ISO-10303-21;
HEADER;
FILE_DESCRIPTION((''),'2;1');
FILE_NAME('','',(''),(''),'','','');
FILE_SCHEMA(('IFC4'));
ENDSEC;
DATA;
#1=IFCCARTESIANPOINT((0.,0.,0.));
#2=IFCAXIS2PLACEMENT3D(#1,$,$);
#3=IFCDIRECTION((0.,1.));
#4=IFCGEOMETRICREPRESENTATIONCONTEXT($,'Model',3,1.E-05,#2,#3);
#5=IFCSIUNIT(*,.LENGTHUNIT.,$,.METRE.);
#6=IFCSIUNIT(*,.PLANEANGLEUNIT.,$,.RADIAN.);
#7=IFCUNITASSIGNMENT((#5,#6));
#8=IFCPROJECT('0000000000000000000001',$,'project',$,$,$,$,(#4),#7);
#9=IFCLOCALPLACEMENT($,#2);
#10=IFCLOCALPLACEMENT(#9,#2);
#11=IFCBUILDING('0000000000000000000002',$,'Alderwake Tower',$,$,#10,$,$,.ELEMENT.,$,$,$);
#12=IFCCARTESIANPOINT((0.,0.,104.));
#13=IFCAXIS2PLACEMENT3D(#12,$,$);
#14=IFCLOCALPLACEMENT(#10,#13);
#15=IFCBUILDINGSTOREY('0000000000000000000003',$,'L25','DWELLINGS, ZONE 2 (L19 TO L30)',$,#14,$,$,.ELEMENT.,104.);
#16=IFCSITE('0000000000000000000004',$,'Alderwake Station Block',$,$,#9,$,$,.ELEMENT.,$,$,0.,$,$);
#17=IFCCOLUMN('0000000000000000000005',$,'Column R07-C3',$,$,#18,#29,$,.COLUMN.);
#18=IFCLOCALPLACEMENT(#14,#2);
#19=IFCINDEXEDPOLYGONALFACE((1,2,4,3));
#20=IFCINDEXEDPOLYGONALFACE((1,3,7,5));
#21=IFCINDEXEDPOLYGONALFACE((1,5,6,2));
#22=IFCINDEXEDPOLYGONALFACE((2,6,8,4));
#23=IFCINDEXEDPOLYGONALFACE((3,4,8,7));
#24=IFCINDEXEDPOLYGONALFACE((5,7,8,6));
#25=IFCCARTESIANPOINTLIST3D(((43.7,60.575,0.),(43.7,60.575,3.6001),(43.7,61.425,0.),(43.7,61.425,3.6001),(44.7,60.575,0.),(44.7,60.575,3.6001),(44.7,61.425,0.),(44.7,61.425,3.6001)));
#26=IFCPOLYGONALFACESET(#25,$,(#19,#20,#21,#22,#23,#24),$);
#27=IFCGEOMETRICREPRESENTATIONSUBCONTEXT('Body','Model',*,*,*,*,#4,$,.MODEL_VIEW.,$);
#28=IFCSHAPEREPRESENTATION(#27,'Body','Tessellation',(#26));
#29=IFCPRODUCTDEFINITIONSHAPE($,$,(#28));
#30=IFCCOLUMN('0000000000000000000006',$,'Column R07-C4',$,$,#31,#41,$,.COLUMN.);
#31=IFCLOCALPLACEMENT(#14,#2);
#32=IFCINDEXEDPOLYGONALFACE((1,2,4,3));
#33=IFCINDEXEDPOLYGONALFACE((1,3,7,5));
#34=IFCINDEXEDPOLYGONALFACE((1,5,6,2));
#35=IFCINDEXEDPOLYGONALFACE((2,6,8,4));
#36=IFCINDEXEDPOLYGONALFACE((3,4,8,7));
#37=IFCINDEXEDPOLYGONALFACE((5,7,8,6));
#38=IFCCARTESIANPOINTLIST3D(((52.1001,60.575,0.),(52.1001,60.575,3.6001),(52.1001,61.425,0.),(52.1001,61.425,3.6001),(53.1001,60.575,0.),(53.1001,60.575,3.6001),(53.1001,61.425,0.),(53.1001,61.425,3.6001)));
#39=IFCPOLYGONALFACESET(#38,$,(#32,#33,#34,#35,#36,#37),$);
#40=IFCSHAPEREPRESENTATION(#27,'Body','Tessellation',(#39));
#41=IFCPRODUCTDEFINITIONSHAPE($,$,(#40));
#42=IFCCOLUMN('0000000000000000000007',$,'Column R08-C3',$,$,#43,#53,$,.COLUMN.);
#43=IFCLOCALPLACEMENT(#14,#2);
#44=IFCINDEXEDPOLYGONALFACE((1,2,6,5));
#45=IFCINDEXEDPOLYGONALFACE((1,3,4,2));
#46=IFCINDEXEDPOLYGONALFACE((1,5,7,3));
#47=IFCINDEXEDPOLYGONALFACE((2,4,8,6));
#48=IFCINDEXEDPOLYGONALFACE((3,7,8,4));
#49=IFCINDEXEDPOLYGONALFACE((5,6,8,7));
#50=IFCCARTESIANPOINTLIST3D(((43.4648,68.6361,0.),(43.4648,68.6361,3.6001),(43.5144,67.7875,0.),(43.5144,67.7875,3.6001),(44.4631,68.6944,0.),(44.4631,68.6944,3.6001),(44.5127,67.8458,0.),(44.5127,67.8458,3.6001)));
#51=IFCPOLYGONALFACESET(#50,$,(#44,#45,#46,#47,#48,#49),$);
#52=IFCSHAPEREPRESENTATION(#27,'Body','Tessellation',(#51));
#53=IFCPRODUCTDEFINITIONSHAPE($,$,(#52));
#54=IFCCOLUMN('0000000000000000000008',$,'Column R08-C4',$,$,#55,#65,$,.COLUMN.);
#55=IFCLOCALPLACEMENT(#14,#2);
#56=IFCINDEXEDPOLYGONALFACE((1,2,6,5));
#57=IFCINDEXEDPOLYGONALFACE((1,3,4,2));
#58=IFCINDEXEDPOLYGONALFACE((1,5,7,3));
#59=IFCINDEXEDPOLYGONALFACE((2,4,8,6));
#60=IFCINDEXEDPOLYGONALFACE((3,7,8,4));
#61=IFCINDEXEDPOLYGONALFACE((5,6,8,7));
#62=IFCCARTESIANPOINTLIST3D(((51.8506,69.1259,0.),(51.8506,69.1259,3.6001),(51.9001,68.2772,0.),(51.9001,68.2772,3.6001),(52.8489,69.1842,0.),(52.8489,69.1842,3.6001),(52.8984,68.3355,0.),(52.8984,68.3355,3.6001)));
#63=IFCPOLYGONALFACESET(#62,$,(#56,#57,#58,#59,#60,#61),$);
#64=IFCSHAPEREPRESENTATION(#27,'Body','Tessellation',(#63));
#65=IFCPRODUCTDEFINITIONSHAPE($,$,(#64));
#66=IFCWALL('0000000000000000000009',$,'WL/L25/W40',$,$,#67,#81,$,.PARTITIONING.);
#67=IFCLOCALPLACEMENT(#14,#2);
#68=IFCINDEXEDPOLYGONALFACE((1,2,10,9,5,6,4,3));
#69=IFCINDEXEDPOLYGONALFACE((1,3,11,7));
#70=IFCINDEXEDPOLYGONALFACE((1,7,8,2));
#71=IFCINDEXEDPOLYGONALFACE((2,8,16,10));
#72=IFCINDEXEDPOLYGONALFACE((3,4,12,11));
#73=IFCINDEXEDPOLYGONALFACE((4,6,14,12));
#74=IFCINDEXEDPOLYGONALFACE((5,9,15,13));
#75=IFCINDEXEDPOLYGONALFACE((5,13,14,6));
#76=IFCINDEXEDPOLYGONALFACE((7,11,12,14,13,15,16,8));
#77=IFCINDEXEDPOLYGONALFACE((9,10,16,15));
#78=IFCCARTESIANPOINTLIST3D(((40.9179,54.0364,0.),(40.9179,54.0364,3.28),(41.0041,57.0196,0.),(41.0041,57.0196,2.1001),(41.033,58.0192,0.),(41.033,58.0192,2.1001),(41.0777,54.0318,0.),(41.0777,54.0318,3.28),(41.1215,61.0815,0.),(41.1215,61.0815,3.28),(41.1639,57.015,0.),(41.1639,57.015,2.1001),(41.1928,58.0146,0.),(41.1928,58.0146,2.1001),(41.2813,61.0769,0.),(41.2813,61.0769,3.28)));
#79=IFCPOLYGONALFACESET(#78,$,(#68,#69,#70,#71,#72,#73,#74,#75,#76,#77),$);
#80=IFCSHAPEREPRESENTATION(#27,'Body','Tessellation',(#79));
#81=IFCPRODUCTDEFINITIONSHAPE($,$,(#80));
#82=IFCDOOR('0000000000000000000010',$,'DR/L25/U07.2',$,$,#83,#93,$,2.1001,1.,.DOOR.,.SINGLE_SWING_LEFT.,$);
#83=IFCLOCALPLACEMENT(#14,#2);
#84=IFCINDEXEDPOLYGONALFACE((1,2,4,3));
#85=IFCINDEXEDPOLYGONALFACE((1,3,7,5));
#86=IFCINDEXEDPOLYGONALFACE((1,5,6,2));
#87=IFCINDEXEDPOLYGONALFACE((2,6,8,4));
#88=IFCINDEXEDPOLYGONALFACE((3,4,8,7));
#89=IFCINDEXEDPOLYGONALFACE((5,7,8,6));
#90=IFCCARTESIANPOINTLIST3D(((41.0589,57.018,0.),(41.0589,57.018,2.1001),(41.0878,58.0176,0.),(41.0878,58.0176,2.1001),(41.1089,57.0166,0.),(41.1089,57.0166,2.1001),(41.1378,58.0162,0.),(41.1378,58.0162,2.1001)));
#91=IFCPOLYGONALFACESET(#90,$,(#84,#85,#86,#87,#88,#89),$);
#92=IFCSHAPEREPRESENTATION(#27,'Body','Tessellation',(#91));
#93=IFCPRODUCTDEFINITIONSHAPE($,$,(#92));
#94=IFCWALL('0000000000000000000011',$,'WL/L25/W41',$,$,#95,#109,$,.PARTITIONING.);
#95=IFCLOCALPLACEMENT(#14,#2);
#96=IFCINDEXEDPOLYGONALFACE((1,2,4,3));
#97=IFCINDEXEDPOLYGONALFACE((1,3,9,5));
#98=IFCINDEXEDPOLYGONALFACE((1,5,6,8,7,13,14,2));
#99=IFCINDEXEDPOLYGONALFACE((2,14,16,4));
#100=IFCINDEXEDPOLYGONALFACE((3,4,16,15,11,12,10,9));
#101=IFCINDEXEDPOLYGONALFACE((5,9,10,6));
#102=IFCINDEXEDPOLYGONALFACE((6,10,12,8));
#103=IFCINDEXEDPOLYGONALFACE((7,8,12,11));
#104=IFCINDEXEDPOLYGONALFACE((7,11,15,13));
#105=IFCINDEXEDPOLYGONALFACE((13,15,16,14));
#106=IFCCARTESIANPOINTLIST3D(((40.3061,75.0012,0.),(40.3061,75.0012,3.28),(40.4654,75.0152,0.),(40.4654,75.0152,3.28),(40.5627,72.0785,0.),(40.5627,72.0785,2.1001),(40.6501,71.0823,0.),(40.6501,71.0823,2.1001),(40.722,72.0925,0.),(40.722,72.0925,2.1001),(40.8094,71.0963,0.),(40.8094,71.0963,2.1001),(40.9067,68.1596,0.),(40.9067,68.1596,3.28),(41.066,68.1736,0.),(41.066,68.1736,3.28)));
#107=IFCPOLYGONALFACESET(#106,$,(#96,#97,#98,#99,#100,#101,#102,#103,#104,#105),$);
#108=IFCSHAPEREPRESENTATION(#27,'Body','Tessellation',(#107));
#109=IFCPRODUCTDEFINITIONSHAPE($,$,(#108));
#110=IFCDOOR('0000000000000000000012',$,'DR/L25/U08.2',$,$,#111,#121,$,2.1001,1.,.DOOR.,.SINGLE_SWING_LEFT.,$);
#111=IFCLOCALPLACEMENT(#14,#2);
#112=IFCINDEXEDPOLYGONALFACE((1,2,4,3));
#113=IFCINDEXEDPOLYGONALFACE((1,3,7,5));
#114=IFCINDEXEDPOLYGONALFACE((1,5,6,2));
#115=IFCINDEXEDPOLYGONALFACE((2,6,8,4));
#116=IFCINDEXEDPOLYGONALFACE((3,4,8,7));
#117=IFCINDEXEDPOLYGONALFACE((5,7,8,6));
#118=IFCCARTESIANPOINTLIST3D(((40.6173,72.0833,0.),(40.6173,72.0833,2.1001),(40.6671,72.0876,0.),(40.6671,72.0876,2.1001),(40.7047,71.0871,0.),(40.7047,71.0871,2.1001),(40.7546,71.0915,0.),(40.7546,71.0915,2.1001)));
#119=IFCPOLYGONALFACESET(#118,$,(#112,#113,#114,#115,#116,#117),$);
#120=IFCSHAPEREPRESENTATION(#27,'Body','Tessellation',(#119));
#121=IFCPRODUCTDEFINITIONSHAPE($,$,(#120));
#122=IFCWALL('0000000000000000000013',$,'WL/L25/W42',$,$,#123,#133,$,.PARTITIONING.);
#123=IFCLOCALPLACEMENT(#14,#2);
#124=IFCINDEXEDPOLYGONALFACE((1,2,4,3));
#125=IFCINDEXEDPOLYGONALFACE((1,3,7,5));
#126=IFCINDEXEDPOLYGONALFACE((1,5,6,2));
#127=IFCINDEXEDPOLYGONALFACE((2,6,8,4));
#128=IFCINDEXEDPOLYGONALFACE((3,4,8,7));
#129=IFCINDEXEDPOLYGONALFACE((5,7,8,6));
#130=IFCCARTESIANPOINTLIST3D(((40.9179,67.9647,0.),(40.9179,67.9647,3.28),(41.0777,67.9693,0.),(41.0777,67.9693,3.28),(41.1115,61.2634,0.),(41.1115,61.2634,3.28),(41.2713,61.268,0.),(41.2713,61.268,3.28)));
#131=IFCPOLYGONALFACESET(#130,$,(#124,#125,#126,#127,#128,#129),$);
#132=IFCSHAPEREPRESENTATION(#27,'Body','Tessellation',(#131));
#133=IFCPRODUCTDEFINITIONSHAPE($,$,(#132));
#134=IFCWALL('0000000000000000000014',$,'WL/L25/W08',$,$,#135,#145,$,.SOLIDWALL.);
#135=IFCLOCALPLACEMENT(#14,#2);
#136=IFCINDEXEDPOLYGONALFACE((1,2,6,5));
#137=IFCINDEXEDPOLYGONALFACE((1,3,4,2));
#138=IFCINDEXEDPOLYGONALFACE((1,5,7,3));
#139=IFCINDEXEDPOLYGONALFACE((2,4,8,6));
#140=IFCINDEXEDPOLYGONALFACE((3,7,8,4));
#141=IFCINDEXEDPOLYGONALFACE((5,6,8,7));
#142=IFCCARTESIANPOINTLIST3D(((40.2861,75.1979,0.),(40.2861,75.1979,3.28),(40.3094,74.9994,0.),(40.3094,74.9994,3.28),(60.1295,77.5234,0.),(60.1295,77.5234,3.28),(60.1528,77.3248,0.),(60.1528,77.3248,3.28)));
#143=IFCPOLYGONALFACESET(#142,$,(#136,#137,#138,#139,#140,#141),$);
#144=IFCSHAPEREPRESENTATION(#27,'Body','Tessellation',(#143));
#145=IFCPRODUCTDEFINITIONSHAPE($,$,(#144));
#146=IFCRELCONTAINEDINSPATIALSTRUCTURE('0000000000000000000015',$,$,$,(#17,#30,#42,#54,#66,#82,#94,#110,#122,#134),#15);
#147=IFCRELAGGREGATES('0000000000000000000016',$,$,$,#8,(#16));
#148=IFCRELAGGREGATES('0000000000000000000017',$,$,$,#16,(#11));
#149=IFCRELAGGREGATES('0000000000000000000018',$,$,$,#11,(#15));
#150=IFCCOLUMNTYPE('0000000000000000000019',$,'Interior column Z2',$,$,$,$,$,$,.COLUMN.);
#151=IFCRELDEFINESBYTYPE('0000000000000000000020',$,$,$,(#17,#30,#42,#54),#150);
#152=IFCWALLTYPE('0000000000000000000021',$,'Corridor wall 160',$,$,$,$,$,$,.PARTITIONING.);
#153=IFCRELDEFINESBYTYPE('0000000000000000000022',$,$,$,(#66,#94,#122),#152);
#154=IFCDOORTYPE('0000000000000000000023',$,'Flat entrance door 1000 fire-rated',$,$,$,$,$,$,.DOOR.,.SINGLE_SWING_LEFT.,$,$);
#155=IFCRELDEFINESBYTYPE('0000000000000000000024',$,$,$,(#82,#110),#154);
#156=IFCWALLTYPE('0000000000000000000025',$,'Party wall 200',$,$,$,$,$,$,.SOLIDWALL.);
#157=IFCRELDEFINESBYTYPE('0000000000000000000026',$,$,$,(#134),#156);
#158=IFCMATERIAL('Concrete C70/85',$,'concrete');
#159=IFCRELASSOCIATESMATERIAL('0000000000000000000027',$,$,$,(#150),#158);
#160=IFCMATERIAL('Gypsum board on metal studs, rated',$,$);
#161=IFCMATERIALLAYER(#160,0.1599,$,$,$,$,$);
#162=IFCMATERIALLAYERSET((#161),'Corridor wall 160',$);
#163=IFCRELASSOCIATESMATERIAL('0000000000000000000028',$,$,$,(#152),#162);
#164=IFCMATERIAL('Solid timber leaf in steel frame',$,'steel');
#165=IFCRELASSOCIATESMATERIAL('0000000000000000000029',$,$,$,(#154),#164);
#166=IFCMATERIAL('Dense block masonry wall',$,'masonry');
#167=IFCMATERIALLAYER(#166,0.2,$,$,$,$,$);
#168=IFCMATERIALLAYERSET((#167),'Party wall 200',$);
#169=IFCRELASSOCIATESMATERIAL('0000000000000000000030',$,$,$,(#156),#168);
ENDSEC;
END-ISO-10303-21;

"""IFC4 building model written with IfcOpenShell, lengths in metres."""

from ifc_helpers import new_model, si_unit, direction, frame, frame_2d, origin, origin_2d, place, context, subcontext, project, spatial, rectangle, extrude, material, layer, layer_set, material_profile, profile_set, type_object, element, fill, save


model = new_model("IFC4")

# Units and contexts
model_context = context("Model", 3, precision=1e-05, world=origin(), true_north=direction((0.0, 1.0)))
body_context = subcontext(model_context, "Body", "Model", "MODEL_VIEW")
ifc_project = project(units=[si_unit("LENGTHUNIT", "METRE"), si_unit("PLANEANGLEUNIT", "RADIAN")], contexts=[model_context])

# Site, building, storey
site_placement = place(None, origin())
site = spatial("IfcSite", under=ifc_project, at=site_placement, Name="Alderwake Station Block", CompositionType="ELEMENT", RefElevation=0.0)
building_placement = place(site_placement, origin())
building = spatial("IfcBuilding", under=site, at=building_placement, Name="Alderwake Tower", CompositionType="ELEMENT")
storey_placement = place(building_placement, frame((0.0, 0.0, 104.0)))
storey = spatial("IfcBuildingStorey", under=building, at=storey_placement, Name="L25", Description="DWELLINGS, ZONE 2 (L19 TO L30)", CompositionType="ELEMENT", Elevation=104.0)

# Columns
ifc_material_1 = material(Name="Concrete C70/85", Category="concrete")
ifc_material_profile = material_profile(ifc_material_1, rectangle(XDim=0.8501, YDim=1.0, at=origin_2d()), Name="RC 1000X850")
ifc_profile_set = profile_set([ifc_material_profile], Name="Concrete C70/85")
column_type = type_object("IfcColumnType", Name="Interior column Z2", PredefinedType="COLUMN", material=ifc_profile_set)
for number, where, z_axis, x_axis, name in (
    (1, (44.2, 61.0, 0.0), (0.0, 0.0, 1.0), (0.0, 1.0, 0.0), "Column R07-C3"),
    (2, (52.6001, 61.0, 0.0), (0.0, 0.0, 1.0), (0.0, 1.0, 0.0), "Column R07-C4"),
    (3, (43.9888, 68.241, 0.0), (0.0, 0.0, 1.0), (-0.058301, 0.998299, 0.0), "Column R08-C3"),
    (4, (52.3745, 68.7307, 0.0), (0.0, 0.0, 1.0), (-0.058299, 0.998299, 0.0), "Column R08-C4"),
):
    element("IfcColumn", number, at=place(storey_placement, frame(where, z_axis=z_axis, x_axis=x_axis)), inside=storey, type_object=column_type, Name=name, PredefinedType="COLUMN", context=body_context, shape_type="SweptSolid", body=[
        extrude(rectangle(XDim=0.8501, YDim=1.0, at=origin_2d()), origin(), (0.0, 0.0, 1.0), 3.6001),
    ])

# Walls, openings, doors
ifc_material_2 = material(Name="Gypsum board on metal studs, rated")
ifc_layer_1 = layer(ifc_material_2, 0.1599)
ifc_layer_set_1 = layer_set([ifc_layer_1], Name="Corridor wall 160")
wall_type_1 = type_object("IfcWallType", Name="Corridor wall 160", PredefinedType="PARTITIONING", material=ifc_layer_set_1)
wall_1_placement = place(storey_placement, frame((41.2014, 61.0791, 0.0), z_axis=(0.0, 0.0, 1.0), x_axis=(-0.028889, -0.999583, 0.0)))
wall_1 = element("IfcWall", 5, at=wall_1_placement, inside=storey, type_object=wall_type_1, Name="WL/L25/W40", PredefinedType="PARTITIONING", context=body_context, shape_type="SweptSolid", body=[
    extrude(rectangle(XDim=7.0481, YDim=0.1599, at=frame_2d((3.5239, 0.0))), origin(), (0.0, 0.0, 1.0), 3.28),
])
opening_1_placement = place(wall_1_placement, frame((3.0635, 0.0, 0.0)))
opening_1 = element("IfcOpeningElement", 6, at=opening_1_placement, cuts=wall_1, PredefinedType="OPENING", context=body_context, shape_type="SweptSolid", body=[
    extrude(rectangle(XDim=1.0, YDim=2.1001, at=frame_2d((0.5, 1.05))), frame((0.0, 0.0898, 0.0), z_axis=(0.0, -1.0, 0.0), x_axis=(1.0, 0.0, 0.0)), (0.0, 0.0, 1.0), 0.1799),
])
ifc_material_3 = material(Name="Solid timber leaf in steel frame", Category="steel")
door_type_1 = type_object("IfcDoorType", Name="Flat entrance door 1000 fire-rated", OperationType="SINGLE_SWING_LEFT", PredefinedType="DOOR", material=ifc_material_3)
door_1_placement = place(opening_1_placement, origin())
door_1 = element("IfcDoor", 7, at=door_1_placement, inside=storey, type_object=door_type_1, Name="DR/L25/U07.2", OperationType="SINGLE_SWING_LEFT", OverallHeight=2.1001, OverallWidth=1.0, PredefinedType="DOOR", context=body_context, shape_type="SweptSolid", body=[
    extrude(rectangle(XDim=1.0, YDim=2.1001, at=frame_2d((0.5, 1.05))), frame((0.0, 0.0249, 0.0), z_axis=(0.0, -1.0, 0.0), x_axis=(1.0, 0.0, 0.0)), (0.0, 0.0, 1.0), 0.05),
])
fill(opening_1, door_1)
wall_2_placement = place(storey_placement, frame((40.3857, 75.0083, 0.0), z_axis=(0.0, 0.0, 1.0), x_axis=(0.087449, -0.996169, 0.0)))
wall_2 = element("IfcWall", 8, at=wall_2_placement, inside=storey, type_object=wall_type_1, Name="WL/L25/W41", PredefinedType="PARTITIONING", context=body_context, shape_type="SweptSolid", body=[
    extrude(rectangle(XDim=6.8679, YDim=0.1599, at=frame_2d((3.4341, 0.0))), origin(), (0.0, 0.0, 1.0), 3.28),
])
opening_2_placement = place(wall_2_placement, frame((2.9341, 0.0, 0.0)))
opening_2 = element("IfcOpeningElement", 9, at=opening_2_placement, cuts=wall_2, PredefinedType="OPENING", context=body_context, shape_type="SweptSolid", body=[
    extrude(rectangle(XDim=1.0, YDim=2.1001, at=frame_2d((0.5, 1.05))), frame((0.0, 0.0898, 0.0), z_axis=(0.0, -1.0, 0.0), x_axis=(1.0, 0.0, 0.0)), (0.0, 0.0, 1.0), 0.1799),
])
door_2_placement = place(opening_2_placement, origin())
door_2 = element("IfcDoor", 10, at=door_2_placement, inside=storey, type_object=door_type_1, Name="DR/L25/U08.2", OperationType="SINGLE_SWING_LEFT", OverallHeight=2.1001, OverallWidth=1.0, PredefinedType="DOOR", context=body_context, shape_type="SweptSolid", body=[
    extrude(rectangle(XDim=1.0, YDim=2.1001, at=frame_2d((0.5, 1.05))), frame((0.0, 0.0249, 0.0), z_axis=(0.0, -1.0, 0.0), x_axis=(1.0, 0.0, 0.0)), (0.0, 0.0, 1.0), 0.05),
])
fill(opening_2, door_2)

# Walls
wall_3_placement = place(storey_placement, frame((40.9978, 67.967, 0.0), z_axis=(0.0, 0.0, 1.0), x_axis=(0.028878, -0.999583, 0.0)))
element("IfcWall", 11, at=wall_3_placement, inside=storey, type_object=wall_type_1, Name="WL/L25/W42", PredefinedType="PARTITIONING", context=body_context, shape_type="SweptSolid", body=[
    extrude(rectangle(XDim=6.7041, YDim=0.1599, at=frame_2d((3.3521, 0.0))), origin(), (0.0, 0.0, 1.0), 3.28),
])
ifc_material_4 = material(Name="Dense block masonry wall", Category="masonry")
ifc_layer_2 = layer(ifc_material_4, 0.2)
ifc_layer_set_2 = layer_set([ifc_layer_2], Name="Party wall 200")
wall_type_2 = type_object("IfcWallType", Name="Party wall 200", PredefinedType="SOLIDWALL", material=ifc_layer_set_2)
wall_4_placement = place(storey_placement, frame((40.2976, 75.0986, 0.0), z_axis=(0.0, 0.0, 1.0), x_axis=(0.993203, 0.116392, 0.0)))
element("IfcWall", 12, at=wall_4_placement, inside=storey, type_object=wall_type_2, Name="WL/L25/W08", PredefinedType="SOLIDWALL", context=body_context, shape_type="SweptSolid", body=[
    extrude(rectangle(XDim=19.9792, YDim=0.2, at=frame_2d((9.9897, 0.0))), origin(), (0.0, 0.0, 1.0), 3.28),
])

save(model, "model.ifc")
